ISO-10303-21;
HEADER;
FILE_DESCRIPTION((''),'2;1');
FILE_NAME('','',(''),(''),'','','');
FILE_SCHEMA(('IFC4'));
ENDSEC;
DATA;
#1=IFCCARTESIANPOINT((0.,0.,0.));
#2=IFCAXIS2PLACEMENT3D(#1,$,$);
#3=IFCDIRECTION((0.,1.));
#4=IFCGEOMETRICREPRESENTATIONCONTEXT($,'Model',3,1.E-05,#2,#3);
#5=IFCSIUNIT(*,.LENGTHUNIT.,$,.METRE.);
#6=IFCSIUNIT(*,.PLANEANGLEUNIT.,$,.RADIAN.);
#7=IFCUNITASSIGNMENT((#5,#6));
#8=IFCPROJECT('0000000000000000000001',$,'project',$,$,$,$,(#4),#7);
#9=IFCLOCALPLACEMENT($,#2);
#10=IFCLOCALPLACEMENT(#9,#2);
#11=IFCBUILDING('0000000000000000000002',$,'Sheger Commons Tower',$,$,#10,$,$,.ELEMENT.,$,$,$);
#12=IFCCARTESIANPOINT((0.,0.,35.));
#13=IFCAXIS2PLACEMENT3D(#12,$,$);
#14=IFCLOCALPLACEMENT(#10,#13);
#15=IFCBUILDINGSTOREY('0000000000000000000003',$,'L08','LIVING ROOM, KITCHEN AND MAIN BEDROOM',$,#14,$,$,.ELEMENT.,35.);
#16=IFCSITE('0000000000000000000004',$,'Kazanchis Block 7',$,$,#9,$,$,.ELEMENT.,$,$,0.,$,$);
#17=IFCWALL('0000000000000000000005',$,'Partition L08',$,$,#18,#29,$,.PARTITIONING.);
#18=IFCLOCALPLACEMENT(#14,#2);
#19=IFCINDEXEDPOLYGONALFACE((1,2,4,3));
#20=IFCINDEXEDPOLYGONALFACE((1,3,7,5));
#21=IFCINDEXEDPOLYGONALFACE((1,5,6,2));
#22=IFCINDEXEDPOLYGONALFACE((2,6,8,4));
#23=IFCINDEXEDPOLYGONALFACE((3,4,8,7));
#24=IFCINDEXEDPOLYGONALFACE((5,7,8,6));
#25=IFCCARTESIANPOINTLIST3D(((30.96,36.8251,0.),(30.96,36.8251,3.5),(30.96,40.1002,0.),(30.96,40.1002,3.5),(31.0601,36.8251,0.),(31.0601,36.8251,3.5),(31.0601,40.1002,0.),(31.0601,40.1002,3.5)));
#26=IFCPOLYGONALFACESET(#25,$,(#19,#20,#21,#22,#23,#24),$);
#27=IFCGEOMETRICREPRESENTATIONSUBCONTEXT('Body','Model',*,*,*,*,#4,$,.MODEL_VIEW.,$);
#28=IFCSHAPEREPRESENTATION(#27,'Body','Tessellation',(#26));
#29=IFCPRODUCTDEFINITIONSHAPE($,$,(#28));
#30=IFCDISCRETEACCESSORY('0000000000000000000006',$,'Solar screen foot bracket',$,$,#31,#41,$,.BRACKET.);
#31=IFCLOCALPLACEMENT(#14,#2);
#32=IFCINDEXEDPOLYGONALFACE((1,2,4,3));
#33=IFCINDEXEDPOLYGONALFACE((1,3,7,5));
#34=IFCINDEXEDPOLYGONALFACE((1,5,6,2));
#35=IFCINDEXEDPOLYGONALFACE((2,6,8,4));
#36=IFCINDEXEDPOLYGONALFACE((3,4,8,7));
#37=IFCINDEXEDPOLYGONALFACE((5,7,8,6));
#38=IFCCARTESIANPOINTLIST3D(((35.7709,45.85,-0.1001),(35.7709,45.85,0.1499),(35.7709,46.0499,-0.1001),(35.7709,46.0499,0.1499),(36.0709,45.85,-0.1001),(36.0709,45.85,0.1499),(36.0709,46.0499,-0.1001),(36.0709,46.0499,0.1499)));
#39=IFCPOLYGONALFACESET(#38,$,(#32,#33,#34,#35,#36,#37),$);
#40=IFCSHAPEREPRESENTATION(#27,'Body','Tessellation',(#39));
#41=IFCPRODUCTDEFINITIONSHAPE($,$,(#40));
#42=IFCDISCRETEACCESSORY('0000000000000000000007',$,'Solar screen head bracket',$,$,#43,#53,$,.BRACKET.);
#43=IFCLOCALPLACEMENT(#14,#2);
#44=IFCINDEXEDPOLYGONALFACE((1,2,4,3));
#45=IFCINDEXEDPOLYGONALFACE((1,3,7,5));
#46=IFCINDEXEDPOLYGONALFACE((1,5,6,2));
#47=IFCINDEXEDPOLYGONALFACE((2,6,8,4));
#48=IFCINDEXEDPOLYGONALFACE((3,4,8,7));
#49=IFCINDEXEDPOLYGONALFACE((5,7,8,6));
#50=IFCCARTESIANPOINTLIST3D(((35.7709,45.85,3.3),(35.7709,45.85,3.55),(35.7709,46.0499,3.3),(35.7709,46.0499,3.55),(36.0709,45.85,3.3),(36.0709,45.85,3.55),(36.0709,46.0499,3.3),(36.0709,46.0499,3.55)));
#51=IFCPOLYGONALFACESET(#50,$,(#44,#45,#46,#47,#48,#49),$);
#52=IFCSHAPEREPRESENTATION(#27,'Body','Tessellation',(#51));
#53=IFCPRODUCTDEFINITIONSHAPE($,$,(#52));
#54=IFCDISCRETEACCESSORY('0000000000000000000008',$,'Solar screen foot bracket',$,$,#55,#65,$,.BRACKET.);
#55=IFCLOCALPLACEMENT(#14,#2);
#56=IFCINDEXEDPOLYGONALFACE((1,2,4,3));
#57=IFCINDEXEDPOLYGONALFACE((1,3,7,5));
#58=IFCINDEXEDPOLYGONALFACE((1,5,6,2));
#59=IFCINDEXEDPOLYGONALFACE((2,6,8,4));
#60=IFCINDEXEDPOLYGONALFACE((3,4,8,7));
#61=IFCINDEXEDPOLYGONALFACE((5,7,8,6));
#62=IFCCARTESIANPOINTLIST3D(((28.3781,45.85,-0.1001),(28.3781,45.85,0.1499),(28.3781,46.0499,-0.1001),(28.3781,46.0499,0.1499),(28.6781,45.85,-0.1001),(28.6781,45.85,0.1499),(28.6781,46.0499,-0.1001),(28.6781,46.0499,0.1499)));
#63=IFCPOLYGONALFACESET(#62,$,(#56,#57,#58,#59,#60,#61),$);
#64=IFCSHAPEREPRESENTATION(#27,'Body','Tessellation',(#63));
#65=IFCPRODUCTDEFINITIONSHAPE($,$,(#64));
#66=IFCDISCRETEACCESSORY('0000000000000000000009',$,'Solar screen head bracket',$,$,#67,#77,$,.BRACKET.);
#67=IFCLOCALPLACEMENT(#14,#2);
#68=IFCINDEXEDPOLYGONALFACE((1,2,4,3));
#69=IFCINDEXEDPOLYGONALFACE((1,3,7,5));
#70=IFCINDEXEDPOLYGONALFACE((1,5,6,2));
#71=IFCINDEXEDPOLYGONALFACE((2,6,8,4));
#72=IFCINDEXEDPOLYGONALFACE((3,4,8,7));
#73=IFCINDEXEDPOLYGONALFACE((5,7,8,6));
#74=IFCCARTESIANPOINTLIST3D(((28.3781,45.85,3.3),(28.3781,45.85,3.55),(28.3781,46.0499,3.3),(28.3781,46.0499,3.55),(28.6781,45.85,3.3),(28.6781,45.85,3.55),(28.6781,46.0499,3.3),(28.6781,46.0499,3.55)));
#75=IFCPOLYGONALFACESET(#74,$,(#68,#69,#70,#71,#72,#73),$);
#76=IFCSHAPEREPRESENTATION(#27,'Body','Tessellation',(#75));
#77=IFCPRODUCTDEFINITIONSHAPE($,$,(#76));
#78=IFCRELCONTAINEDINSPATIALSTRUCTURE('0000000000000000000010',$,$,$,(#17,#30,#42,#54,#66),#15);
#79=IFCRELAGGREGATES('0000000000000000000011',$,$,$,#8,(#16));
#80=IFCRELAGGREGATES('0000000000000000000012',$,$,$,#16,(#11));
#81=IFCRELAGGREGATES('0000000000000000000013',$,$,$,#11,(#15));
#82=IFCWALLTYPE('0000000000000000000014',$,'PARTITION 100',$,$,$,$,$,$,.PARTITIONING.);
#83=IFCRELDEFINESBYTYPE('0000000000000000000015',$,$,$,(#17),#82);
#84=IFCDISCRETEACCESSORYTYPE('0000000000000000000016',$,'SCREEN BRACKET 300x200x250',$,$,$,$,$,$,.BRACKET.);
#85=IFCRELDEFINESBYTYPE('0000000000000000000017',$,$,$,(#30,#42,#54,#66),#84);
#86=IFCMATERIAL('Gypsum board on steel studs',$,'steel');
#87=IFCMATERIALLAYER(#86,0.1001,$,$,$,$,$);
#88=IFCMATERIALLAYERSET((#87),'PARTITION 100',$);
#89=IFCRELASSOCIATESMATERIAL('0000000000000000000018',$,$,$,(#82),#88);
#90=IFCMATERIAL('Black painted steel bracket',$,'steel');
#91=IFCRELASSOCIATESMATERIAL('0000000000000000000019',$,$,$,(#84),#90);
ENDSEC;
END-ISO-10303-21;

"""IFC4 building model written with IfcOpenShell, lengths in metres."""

from ifc_helpers import new_model, si_unit, direction, frame, frame_2d, origin, origin_2d, place, context, subcontext, project, spatial, rectangle, extrude, material, layer, layer_set, type_object, element, save


model = new_model("IFC4")

# Units and contexts
model_context = context("Model", 3, precision=1e-05, world=origin(), true_north=direction((0.0, 1.0)))
body_context = subcontext(model_context, "Body", "Model", "MODEL_VIEW")
ifc_project = project(units=[si_unit("LENGTHUNIT", "METRE"), si_unit("PLANEANGLEUNIT", "RADIAN")], contexts=[model_context])

# Site, building, storey
site_placement = place(None, origin())
site = spatial("IfcSite", under=ifc_project, at=site_placement, Name="Kazanchis Block 7", CompositionType="ELEMENT", RefElevation=0.0)
building_placement = place(site_placement, origin())
building = spatial("IfcBuilding", under=site, at=building_placement, Name="Sheger Commons Tower", CompositionType="ELEMENT")
storey_placement = place(building_placement, frame((0.0, 0.0, 35.0)))
storey = spatial("IfcBuildingStorey", under=building, at=storey_placement, Name="L08", Description="LIVING ROOM, KITCHEN AND MAIN BEDROOM", CompositionType="ELEMENT", Elevation=35.0)

# Shared definitions
ifc_material_1 = material(Name="Gypsum board on steel studs", Category="steel")
ifc_layer_1 = layer(ifc_material_1, 0.1001)
ifc_layer_set_1 = layer_set([ifc_layer_1], Name="PARTITION 100")
wall_type_1 = type_object("IfcWallType", Name="PARTITION 100", PredefinedType="PARTITIONING", material=ifc_layer_set_1)

# Wall
for number, where, z_axis, x_axis, name in (
    (1, (31.01, 36.825, 0.0), (0.0, 0.0, 1.0), (0.0, 1.0, 0.0), "Partition L08"),
):
    element("IfcWall", number, at=place(storey_placement, frame(where, z_axis=z_axis, x_axis=x_axis)), inside=storey, type_object=wall_type_1, Name=name, PredefinedType="PARTITIONING", context=body_context, shape_type="SweptSolid", body=[
        extrude(rectangle(XDim=3.2751, YDim=0.1001, at=frame_2d((1.6377, 0.0))), origin(), (0.0, 0.0, 1.0), 3.5),
    ])

# Discrete accessories
ifc_material_2 = material(Name="Black painted steel bracket", Category="steel")
discrete_accessory_type = type_object("IfcDiscreteAccessoryType", Name="SCREEN BRACKET 300x200x250", PredefinedType="BRACKET", material=ifc_material_2)
for number, where, z_axis, x_axis, name in (
    (2, (35.9209, 45.95, -0.1001), (0.0, 0.0, 1.0), (-1.0, 0.0, 0.0), "Solar screen foot bracket"),
    (3, (35.9209, 45.95, 3.3), (0.0, 0.0, 1.0), (-1.0, 0.0, 0.0), "Solar screen head bracket"),
    (4, (28.5281, 45.95, -0.1001), (0.0, 0.0, 1.0), (-1.0, 0.0, 0.0), "Solar screen foot bracket"),
    (5, (28.5281, 45.95, 3.3), (0.0, 0.0, 1.0), (-1.0, 0.0, 0.0), "Solar screen head bracket"),
):
    element("IfcDiscreteAccessory", number, at=place(storey_placement, frame(where, z_axis=z_axis, x_axis=x_axis)), inside=storey, type_object=discrete_accessory_type, Name=name, PredefinedType="BRACKET", context=body_context, shape_type="SweptSolid", body=[
        extrude(rectangle(XDim=0.3, YDim=0.2, at=origin_2d()), origin(), (0.0, 0.0, 1.0), 0.25),
    ])

save(model, "model.ifc")
